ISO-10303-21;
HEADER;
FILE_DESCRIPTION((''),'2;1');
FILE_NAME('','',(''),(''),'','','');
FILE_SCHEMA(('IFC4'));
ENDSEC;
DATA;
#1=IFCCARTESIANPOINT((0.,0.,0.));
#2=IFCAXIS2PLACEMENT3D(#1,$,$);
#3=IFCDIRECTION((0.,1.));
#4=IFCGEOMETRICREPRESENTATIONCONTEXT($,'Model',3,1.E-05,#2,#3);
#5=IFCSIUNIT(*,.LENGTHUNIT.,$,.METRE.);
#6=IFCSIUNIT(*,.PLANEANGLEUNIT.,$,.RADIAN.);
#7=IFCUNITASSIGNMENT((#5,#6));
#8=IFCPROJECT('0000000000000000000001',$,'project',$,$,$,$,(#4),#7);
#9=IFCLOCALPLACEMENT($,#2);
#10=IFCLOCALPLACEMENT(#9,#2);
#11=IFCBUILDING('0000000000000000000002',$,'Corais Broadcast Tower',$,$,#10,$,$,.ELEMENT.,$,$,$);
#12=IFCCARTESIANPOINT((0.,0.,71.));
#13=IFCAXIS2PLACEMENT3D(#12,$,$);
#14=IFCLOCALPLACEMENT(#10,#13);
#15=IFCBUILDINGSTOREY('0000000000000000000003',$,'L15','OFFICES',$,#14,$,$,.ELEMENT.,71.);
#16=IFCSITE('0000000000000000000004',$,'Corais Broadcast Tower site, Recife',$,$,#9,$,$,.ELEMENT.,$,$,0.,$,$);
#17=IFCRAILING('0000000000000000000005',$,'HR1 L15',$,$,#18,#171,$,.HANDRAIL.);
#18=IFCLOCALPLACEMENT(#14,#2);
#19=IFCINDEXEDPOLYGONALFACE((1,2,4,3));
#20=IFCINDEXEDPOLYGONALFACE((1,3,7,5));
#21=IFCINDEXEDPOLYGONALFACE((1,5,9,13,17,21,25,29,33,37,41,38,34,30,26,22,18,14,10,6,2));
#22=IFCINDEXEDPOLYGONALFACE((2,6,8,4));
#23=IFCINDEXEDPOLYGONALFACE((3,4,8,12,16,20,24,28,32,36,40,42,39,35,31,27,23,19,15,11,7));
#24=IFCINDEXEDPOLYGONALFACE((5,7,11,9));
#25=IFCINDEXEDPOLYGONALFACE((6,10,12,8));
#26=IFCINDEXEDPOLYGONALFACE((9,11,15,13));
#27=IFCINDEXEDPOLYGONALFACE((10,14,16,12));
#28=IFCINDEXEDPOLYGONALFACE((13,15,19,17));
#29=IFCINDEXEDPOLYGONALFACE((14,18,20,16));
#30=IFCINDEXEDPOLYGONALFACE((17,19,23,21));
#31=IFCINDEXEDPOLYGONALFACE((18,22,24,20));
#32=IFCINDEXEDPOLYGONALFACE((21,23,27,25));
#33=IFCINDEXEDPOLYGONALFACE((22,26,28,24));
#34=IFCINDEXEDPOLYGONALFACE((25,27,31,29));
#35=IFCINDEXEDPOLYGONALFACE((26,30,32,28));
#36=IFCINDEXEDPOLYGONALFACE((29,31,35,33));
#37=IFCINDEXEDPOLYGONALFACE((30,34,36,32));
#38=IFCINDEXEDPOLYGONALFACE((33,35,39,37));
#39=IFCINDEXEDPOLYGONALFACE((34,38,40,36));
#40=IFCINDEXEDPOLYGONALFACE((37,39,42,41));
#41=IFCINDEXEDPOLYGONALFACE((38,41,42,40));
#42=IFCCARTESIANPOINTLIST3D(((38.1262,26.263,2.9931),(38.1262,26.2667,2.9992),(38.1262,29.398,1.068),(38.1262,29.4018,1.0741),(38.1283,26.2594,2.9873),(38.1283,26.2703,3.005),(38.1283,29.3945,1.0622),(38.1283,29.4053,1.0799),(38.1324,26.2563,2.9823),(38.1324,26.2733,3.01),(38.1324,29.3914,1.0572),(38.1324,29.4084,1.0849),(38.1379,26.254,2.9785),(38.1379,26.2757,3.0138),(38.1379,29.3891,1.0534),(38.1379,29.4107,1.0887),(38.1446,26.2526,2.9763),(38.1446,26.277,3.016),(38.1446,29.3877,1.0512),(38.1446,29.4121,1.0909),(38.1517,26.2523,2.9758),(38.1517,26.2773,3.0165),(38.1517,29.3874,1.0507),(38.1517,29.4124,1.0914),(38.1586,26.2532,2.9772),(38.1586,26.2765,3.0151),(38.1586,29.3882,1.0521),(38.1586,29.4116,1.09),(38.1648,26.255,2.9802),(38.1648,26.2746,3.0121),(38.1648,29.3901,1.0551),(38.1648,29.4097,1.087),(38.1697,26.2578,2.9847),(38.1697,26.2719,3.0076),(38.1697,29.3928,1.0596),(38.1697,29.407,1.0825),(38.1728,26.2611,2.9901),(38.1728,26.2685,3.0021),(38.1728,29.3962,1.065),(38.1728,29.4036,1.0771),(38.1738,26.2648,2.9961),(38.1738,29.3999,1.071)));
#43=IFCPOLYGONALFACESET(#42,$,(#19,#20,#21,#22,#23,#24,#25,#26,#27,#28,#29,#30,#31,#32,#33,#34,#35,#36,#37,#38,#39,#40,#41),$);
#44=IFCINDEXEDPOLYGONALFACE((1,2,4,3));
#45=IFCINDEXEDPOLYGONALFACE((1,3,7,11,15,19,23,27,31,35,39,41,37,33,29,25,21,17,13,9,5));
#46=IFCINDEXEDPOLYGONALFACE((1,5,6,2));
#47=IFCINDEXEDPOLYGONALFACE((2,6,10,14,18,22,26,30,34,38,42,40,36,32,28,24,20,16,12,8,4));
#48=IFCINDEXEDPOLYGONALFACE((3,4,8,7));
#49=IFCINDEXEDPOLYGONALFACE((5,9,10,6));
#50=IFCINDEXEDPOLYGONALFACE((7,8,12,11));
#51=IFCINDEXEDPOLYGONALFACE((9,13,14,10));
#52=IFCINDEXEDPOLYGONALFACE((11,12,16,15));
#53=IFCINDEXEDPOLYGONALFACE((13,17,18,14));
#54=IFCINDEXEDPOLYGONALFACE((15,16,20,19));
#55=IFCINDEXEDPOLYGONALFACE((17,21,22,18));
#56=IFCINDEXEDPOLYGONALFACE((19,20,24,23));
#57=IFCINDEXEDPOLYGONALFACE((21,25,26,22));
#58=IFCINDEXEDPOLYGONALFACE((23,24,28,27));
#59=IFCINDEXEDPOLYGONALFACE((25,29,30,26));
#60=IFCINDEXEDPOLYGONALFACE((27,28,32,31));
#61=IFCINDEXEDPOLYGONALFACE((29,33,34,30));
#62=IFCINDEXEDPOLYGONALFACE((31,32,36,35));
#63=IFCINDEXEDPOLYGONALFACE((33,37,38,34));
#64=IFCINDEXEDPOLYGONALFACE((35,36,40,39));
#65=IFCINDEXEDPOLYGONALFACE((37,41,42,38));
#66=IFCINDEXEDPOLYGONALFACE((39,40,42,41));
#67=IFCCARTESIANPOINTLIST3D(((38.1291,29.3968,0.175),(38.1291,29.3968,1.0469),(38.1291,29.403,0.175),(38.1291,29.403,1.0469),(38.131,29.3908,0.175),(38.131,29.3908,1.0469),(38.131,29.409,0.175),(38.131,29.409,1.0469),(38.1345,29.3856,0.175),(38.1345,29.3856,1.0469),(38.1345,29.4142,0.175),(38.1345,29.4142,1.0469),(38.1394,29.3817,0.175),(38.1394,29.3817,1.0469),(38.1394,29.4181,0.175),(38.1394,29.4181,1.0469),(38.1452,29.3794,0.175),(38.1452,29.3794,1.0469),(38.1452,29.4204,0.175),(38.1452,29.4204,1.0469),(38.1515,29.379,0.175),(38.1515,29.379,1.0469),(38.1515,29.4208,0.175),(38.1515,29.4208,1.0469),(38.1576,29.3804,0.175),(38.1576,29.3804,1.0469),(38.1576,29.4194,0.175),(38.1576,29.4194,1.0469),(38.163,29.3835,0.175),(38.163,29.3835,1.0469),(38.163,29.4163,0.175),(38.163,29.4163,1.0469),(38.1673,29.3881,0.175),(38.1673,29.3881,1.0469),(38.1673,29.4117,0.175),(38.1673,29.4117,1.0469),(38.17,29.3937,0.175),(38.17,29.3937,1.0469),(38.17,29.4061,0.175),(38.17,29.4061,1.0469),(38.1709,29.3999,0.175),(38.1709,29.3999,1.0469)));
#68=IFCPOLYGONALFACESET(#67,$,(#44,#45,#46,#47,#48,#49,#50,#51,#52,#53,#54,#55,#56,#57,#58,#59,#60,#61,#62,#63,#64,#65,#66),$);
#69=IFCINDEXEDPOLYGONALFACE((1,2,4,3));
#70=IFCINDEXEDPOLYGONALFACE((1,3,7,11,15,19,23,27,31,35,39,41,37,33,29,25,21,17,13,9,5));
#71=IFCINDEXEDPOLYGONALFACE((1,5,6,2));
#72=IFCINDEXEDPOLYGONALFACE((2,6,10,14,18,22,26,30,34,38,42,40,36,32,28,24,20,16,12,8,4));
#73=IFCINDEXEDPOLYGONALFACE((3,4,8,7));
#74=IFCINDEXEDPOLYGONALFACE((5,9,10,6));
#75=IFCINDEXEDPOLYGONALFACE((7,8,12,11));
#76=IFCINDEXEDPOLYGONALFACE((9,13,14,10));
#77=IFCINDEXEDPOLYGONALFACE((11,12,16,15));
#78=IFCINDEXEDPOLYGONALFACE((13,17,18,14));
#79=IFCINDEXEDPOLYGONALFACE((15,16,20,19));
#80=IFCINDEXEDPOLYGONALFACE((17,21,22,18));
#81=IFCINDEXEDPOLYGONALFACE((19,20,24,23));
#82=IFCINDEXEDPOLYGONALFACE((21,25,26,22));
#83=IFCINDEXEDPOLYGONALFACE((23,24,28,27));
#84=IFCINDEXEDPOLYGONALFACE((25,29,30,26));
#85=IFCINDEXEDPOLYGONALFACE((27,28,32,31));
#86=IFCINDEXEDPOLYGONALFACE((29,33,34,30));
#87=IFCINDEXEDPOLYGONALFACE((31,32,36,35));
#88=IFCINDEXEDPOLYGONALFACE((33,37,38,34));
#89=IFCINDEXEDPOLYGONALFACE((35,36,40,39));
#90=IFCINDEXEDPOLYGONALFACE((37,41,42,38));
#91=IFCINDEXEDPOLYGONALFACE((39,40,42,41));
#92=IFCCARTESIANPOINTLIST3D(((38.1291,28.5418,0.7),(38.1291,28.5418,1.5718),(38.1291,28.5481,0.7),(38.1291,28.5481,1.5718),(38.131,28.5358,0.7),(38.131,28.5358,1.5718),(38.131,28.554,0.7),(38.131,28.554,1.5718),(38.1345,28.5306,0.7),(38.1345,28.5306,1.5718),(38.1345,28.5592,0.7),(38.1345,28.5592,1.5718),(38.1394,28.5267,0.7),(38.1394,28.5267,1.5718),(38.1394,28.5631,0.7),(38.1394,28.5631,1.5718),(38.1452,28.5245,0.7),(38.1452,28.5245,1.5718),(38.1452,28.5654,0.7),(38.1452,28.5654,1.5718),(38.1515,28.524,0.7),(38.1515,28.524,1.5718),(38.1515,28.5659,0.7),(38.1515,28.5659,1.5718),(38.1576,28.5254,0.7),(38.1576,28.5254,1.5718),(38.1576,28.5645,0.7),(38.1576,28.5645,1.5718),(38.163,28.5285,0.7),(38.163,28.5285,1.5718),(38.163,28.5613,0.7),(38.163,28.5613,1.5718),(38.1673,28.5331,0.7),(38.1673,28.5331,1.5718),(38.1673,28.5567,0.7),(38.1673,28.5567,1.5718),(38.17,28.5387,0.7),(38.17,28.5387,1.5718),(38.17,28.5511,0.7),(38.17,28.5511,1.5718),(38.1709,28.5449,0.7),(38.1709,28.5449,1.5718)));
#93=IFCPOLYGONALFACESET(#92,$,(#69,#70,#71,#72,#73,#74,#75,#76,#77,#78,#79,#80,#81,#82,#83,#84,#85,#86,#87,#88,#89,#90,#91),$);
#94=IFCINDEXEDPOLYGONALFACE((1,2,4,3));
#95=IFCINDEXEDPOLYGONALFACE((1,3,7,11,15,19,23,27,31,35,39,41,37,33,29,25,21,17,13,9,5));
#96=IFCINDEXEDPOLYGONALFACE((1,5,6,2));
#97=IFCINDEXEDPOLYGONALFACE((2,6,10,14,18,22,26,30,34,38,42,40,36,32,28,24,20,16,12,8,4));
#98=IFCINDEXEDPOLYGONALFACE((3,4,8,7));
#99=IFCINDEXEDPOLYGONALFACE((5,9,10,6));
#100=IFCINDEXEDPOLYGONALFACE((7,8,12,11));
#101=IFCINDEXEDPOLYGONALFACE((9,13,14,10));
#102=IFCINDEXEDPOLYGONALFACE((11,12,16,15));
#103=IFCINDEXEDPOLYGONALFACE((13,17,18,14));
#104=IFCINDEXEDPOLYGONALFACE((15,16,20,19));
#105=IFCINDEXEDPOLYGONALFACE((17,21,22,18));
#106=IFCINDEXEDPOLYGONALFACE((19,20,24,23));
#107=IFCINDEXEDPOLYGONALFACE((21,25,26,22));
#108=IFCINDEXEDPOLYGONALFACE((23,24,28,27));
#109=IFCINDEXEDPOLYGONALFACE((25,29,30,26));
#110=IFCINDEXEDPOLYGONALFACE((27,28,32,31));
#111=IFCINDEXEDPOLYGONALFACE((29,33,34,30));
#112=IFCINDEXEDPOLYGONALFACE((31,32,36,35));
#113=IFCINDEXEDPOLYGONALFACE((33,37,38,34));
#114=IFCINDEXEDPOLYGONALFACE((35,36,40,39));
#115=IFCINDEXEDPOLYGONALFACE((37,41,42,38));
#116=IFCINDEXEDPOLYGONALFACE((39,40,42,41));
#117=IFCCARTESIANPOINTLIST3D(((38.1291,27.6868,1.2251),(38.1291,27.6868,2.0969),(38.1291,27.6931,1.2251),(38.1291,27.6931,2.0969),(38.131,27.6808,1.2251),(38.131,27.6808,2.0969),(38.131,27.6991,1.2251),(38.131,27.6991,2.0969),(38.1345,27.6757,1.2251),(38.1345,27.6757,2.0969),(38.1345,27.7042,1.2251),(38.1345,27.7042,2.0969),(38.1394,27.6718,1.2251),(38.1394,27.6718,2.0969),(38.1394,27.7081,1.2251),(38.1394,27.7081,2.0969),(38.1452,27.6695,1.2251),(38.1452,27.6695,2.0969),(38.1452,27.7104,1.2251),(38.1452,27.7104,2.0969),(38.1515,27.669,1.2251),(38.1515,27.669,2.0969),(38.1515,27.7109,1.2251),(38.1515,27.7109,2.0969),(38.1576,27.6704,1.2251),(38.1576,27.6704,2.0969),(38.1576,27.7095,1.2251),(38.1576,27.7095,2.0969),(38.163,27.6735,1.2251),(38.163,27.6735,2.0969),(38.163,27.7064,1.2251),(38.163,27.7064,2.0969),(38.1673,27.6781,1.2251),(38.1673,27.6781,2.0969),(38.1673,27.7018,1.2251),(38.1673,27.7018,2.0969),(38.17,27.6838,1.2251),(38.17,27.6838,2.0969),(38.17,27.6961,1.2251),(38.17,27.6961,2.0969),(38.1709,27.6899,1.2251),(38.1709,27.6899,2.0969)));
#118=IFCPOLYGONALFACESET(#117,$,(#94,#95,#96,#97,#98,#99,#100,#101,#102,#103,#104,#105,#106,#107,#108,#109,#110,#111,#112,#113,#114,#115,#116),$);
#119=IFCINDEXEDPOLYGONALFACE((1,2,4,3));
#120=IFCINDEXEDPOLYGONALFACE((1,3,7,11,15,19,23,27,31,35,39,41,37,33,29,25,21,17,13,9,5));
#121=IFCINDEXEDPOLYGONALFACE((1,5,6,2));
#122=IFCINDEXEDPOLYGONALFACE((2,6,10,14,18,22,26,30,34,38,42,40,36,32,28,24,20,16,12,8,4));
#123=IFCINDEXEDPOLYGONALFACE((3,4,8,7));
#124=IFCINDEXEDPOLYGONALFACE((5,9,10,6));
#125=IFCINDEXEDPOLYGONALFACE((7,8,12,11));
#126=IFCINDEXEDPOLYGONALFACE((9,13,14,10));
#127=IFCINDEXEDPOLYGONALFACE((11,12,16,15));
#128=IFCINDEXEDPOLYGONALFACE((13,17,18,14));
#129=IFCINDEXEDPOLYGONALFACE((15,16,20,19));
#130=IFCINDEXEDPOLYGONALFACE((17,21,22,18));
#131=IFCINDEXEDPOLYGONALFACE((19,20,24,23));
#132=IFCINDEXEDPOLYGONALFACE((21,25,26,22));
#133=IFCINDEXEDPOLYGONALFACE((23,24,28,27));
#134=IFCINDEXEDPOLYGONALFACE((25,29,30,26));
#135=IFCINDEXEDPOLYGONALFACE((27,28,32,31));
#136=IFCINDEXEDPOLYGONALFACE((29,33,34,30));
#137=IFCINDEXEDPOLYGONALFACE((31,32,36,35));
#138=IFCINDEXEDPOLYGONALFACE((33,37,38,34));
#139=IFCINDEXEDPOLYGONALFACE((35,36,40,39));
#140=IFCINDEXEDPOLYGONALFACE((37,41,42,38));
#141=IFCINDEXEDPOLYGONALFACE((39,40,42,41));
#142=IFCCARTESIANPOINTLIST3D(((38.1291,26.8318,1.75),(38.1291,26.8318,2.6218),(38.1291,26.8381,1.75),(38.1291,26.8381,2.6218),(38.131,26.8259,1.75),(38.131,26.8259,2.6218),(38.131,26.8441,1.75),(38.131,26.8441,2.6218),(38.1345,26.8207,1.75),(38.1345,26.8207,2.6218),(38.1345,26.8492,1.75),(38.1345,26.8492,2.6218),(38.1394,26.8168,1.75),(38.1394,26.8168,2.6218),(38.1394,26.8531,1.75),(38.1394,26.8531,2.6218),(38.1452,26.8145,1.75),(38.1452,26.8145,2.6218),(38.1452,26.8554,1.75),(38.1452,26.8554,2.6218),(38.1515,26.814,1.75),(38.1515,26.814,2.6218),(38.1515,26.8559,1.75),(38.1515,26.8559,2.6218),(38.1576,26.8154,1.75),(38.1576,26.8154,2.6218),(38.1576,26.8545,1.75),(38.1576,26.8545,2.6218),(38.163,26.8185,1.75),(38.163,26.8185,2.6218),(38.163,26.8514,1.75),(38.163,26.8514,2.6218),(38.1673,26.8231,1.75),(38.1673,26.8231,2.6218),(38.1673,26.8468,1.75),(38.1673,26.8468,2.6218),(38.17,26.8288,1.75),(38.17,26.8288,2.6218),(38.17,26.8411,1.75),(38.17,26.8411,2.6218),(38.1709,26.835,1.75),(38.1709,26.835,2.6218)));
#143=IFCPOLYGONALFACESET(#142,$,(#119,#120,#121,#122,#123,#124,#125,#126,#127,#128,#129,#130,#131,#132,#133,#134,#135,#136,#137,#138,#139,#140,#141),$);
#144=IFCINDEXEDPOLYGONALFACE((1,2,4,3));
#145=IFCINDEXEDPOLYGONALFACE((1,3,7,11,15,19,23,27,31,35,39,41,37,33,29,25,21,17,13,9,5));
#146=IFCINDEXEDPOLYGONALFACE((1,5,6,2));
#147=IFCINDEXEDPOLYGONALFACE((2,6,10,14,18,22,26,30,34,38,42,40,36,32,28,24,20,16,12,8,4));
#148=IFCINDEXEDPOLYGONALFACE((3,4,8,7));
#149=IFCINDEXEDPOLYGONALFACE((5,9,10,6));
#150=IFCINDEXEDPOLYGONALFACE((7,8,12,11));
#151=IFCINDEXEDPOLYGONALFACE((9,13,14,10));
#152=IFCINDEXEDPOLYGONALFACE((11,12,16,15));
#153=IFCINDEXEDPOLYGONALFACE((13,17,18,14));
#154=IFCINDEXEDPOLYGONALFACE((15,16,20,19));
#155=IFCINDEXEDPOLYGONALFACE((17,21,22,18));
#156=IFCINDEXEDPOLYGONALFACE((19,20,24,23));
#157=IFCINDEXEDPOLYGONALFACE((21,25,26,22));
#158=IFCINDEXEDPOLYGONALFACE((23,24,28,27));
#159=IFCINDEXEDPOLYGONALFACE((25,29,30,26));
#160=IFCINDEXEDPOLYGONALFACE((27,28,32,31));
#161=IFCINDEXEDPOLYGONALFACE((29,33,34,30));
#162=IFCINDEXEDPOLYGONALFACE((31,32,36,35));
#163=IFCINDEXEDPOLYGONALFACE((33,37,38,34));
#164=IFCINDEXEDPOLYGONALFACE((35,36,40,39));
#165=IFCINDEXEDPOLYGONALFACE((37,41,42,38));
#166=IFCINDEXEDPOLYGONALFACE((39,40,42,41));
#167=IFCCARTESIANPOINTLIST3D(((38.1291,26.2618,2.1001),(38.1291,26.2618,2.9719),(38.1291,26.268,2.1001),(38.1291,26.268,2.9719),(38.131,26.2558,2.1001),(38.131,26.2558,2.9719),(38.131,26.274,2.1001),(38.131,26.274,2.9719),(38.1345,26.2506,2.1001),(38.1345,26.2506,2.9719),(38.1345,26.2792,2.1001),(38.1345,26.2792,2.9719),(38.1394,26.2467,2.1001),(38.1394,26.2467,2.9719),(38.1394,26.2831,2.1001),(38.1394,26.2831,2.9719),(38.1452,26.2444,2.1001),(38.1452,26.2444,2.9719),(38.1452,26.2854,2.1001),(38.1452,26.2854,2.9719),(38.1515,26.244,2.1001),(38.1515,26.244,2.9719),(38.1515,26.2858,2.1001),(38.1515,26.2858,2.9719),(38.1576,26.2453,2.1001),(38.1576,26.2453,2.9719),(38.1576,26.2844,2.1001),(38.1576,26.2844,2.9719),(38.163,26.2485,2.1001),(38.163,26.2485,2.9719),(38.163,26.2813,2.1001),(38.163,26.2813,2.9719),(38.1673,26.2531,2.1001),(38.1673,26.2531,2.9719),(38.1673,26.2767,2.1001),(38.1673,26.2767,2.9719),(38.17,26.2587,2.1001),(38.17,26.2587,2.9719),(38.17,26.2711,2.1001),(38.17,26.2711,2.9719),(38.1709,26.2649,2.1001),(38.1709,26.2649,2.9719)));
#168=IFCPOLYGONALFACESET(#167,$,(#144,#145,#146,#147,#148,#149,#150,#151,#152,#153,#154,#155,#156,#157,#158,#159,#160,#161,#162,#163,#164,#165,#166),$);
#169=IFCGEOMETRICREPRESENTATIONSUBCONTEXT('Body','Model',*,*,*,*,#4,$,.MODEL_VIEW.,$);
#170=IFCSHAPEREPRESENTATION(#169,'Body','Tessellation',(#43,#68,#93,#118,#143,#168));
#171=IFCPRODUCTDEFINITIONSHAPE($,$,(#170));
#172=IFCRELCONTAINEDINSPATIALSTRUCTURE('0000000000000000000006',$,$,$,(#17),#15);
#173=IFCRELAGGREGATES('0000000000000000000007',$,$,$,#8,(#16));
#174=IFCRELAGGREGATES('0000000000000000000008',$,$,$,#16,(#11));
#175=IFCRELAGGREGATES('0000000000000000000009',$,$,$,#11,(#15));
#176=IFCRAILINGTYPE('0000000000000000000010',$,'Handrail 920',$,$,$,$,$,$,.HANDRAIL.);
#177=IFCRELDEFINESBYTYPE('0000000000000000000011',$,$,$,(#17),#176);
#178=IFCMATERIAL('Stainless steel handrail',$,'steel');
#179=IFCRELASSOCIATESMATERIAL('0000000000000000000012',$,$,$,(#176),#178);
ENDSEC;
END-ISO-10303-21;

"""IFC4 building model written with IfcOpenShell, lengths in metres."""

from ifc_helpers import new_model, si_unit, direction, frame, origin, origin_2d, place, context, subcontext, project, spatial, circle, extrude, material, type_object, element, save


model = new_model("IFC4")

# Units and contexts
model_context = context("Model", 3, precision=1e-05, world=origin(), true_north=direction((0.0, 1.0)))
body_context = subcontext(model_context, "Body", "Model", "MODEL_VIEW")
ifc_project = project(units=[si_unit("LENGTHUNIT", "METRE"), si_unit("PLANEANGLEUNIT", "RADIAN")], contexts=[model_context])

# Site, building, storey
site_placement = place(None, origin())
site = spatial("IfcSite", under=ifc_project, at=site_placement, Name="Corais Broadcast Tower site, Recife", CompositionType="ELEMENT", RefElevation=0.0)
building_placement = place(site_placement, origin())
building = spatial("IfcBuilding", under=site, at=building_placement, Name="Corais Broadcast Tower", CompositionType="ELEMENT")
storey_placement = place(building_placement, frame((0.0, 0.0, 71.0)))
storey = spatial("IfcBuildingStorey", under=building, at=storey_placement, Name="L15", Description="OFFICES", CompositionType="ELEMENT", Elevation=71.0)

# Railing
ifc_material_1 = material(Name="Stainless steel handrail", Category="steel")
railing_type = type_object("IfcRailingType", Name="Handrail 920", PredefinedType="HANDRAIL", material=ifc_material_1)
for number, where, name in (
    (1, (38.1499, 29.3999, 0.175), "HR1 L15"),
):
    element("IfcRailing", number, at=place(storey_placement, frame(where)), inside=storey, type_object=railing_type, Name=name, PredefinedType="HANDRAIL", context=body_context, shape_type="SweptSolid", body=[
        extrude(circle(Radius=0.0239, at=origin_2d()), frame((0.0, 0.0, 0.896), z_axis=(0.0, -0.852166, 0.523271), x_axis=(1.0, 0.0, 0.0)), (0.0, 0.0, 1.0), 3.679),
        extrude(circle(Radius=0.021, at=origin_2d()), origin(), (0.0, 0.0, 1.0), 0.8718),
        extrude(circle(Radius=0.021, at=origin_2d()), frame((0.0, -0.855, 0.5249)), (0.0, 0.0, 1.0), 0.8718),
        extrude(circle(Radius=0.021, at=origin_2d()), frame((0.0, -1.71, 1.05)), (0.0, 0.0, 1.0), 0.8718),
        extrude(circle(Radius=0.021, at=origin_2d()), frame((0.0, -2.5649, 1.575)), (0.0, 0.0, 1.0), 0.8718),
        extrude(circle(Radius=0.021, at=origin_2d()), frame((0.0, -3.135, 1.925)), (0.0, 0.0, 1.0), 0.8718),
    ])

save(model, "model.ifc")
